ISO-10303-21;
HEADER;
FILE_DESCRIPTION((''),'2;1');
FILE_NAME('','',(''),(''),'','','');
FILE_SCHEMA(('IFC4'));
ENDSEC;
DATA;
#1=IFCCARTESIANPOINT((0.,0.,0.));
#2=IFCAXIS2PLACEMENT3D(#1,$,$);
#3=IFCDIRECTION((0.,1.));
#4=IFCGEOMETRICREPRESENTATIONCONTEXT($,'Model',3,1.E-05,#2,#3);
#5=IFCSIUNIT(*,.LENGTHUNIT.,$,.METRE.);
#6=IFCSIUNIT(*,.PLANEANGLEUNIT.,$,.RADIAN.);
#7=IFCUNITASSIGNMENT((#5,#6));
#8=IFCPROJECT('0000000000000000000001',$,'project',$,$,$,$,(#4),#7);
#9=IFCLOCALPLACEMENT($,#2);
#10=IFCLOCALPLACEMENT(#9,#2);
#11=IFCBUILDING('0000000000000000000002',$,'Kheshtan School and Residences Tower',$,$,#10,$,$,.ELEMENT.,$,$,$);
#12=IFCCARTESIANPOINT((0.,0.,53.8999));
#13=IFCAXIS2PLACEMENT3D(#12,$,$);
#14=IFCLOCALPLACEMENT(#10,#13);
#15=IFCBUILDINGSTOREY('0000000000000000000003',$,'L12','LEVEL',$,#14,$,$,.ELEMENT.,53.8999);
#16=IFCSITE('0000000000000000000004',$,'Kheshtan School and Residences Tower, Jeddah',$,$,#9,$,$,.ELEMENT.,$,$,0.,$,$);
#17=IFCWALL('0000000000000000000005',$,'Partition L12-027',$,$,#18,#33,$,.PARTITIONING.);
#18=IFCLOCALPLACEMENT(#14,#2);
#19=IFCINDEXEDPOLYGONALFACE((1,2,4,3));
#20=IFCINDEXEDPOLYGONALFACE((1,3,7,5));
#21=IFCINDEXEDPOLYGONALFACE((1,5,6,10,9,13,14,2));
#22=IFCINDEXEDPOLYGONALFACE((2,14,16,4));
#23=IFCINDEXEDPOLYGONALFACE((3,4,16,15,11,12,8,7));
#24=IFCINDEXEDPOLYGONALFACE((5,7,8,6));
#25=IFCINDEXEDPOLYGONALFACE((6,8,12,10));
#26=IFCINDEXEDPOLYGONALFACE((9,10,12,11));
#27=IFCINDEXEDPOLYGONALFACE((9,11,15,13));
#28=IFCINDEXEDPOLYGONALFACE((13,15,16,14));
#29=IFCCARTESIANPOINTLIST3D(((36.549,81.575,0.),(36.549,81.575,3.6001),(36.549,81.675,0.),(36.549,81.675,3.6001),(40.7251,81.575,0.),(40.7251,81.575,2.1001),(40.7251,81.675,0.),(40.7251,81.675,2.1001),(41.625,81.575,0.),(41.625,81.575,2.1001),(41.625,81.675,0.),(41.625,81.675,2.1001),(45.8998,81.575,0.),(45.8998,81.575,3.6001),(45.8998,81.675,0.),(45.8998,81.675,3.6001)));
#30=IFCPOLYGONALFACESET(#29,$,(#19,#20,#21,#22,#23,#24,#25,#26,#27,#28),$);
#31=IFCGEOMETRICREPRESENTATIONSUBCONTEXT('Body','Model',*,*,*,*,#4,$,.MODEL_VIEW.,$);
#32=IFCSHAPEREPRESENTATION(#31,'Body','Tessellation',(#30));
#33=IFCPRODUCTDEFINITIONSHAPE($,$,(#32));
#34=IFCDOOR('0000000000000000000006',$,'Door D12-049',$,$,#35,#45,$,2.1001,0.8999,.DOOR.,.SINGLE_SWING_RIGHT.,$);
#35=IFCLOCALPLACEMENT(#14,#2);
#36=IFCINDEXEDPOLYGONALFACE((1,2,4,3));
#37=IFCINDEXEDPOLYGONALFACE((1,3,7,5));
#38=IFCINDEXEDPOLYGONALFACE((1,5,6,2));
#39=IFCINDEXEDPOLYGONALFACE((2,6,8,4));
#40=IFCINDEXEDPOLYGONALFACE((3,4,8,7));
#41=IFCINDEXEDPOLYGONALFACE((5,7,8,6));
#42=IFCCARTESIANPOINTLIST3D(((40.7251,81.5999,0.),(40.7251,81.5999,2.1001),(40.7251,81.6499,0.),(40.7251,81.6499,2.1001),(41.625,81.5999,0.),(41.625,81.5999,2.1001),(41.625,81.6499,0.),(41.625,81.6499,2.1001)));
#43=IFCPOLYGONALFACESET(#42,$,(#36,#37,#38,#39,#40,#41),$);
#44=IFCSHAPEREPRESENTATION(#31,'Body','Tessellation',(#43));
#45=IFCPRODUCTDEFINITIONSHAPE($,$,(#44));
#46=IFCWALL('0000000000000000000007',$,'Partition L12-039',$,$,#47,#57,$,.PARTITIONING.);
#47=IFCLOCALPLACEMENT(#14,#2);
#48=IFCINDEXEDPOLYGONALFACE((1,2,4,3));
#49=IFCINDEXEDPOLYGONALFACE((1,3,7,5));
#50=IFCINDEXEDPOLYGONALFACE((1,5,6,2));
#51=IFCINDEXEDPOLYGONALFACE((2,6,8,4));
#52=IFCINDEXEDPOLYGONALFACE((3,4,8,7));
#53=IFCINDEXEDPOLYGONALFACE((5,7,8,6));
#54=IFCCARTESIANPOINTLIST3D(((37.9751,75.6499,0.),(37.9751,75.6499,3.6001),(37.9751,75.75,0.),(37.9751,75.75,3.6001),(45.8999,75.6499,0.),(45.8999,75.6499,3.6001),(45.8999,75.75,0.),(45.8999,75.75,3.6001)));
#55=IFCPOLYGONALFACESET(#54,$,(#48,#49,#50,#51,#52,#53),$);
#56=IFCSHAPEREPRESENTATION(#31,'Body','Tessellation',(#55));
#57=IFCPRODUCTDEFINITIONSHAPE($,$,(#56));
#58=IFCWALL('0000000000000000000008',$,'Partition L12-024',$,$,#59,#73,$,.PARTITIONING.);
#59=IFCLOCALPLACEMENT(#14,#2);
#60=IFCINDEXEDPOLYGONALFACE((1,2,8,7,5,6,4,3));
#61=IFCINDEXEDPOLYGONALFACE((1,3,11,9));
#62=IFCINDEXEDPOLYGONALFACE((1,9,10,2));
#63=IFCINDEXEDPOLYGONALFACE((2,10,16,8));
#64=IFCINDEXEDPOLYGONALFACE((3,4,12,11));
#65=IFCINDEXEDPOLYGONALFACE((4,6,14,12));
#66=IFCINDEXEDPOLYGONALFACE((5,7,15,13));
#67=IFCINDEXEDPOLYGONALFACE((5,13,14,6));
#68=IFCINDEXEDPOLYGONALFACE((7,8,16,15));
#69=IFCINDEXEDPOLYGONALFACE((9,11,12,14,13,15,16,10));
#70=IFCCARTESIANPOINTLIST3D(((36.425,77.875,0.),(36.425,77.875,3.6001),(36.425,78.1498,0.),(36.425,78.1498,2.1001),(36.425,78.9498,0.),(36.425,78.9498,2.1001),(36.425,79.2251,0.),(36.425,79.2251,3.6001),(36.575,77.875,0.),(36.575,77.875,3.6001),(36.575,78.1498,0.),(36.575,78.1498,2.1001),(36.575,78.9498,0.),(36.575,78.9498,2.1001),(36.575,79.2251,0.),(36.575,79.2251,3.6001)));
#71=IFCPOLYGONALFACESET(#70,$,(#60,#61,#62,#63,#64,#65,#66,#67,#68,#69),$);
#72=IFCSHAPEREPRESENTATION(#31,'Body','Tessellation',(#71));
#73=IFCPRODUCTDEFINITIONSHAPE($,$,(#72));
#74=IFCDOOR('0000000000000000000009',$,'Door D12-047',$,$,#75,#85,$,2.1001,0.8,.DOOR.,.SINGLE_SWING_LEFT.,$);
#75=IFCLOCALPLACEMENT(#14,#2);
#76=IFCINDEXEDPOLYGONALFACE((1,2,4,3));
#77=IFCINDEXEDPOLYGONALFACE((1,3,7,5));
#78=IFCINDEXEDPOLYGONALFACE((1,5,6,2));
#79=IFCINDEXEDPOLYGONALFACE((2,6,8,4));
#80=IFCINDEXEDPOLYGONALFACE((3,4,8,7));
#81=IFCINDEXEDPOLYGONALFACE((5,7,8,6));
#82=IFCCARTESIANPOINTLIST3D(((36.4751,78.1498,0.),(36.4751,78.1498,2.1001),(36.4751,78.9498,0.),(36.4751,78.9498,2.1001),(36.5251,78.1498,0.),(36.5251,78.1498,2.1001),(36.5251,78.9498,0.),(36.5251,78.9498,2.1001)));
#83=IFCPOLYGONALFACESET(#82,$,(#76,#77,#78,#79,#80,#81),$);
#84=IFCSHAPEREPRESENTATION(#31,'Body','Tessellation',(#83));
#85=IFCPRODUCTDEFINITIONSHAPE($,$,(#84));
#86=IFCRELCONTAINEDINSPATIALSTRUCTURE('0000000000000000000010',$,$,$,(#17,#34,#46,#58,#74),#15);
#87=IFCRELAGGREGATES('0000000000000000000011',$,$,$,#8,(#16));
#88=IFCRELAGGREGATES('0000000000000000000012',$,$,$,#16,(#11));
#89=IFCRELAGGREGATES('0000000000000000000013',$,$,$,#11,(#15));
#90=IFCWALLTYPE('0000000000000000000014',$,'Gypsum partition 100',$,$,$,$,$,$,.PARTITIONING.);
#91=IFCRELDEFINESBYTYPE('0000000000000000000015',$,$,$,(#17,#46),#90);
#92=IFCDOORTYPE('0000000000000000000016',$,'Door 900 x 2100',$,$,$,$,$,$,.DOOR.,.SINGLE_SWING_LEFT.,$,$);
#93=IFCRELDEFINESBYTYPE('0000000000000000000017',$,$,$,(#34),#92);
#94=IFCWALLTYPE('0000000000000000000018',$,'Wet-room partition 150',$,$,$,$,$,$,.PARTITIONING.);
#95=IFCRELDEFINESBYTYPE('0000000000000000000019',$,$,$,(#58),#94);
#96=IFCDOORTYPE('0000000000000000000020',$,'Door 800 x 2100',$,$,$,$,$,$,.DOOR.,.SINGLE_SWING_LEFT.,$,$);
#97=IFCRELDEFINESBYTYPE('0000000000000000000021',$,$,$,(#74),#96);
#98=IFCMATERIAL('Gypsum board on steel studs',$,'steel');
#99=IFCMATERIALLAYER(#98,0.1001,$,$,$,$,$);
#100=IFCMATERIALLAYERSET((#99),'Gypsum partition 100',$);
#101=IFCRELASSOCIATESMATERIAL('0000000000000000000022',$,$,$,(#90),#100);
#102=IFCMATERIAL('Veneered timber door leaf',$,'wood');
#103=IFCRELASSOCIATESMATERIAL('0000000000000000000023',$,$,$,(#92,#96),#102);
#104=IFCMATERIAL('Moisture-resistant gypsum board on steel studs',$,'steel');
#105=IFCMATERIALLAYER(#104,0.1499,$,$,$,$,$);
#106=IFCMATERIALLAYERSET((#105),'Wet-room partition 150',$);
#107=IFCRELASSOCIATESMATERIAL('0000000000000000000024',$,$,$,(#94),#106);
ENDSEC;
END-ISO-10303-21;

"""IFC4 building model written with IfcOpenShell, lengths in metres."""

from ifc_helpers import new_model, si_unit, direction, frame, frame_2d, origin, place, context, subcontext, project, spatial, rectangle, extrude, source, transform, mapped, material, layer, layer_set, type_object, element, fill, save


model = new_model("IFC4")

# Units and contexts
model_context = context("Model", 3, precision=1e-05, world=origin(), true_north=direction((0.0, 1.0)))
body_context = subcontext(model_context, "Body", "Model", "MODEL_VIEW")
ifc_project = project(units=[si_unit("LENGTHUNIT", "METRE"), si_unit("PLANEANGLEUNIT", "RADIAN")], contexts=[model_context])

# Site, building, storey
site_placement = place(None, origin())
site = spatial("IfcSite", under=ifc_project, at=site_placement, Name="Kheshtan School and Residences Tower, Jeddah", CompositionType="ELEMENT", RefElevation=0.0)
building_placement = place(site_placement, origin())
building = spatial("IfcBuilding", under=site, at=building_placement, Name="Kheshtan School and Residences Tower", CompositionType="ELEMENT")
storey_placement = place(building_placement, frame((0.0, 0.0, 53.8999)))
storey = spatial("IfcBuildingStorey", under=building, at=storey_placement, Name="L12", Description="LEVEL", CompositionType="ELEMENT", Elevation=53.8999)

# Wall, opening, door
ifc_material_1 = material(Name="Gypsum board on steel studs", Category="steel")
ifc_layer_1 = layer(ifc_material_1, 0.1001)
ifc_layer_set_1 = layer_set([ifc_layer_1], Name="Gypsum partition 100")
wall_type_1 = type_object("IfcWallType", Name="Gypsum partition 100", PredefinedType="PARTITIONING", material=ifc_layer_set_1)
wall_1_placement = place(storey_placement, frame((36.5491, 81.625, 0.0), z_axis=(0.0, 0.0, 1.0), x_axis=(1.0, 0.0, 0.0)))
wall_1 = element("IfcWall", 1, at=wall_1_placement, inside=storey, type_object=wall_type_1, Name="Partition L12-027", PredefinedType="PARTITIONING", context=body_context, shape_type="SweptSolid", body=[
    extrude(rectangle(XDim=9.3508, YDim=0.1001, at=frame_2d((4.6753, 0.0))), origin(), (0.0, 0.0, 1.0), 3.6001),
])
opening_1_placement = place(wall_1_placement, frame((4.176, 0.0, 0.0)))
opening_1 = element("IfcOpeningElement", 2, at=opening_1_placement, cuts=wall_1, PredefinedType="OPENING", context=body_context, shape_type="SweptSolid", body=[
    extrude(rectangle(XDim=0.8999, YDim=2.1001, at=frame_2d((0.45, 1.05))), frame((0.0, 0.0601, 0.0), z_axis=(0.0, -1.0, 0.0), x_axis=(1.0, 0.0, 0.0)), (0.0, 0.0, 1.0), 0.1201),
])
ifc_material_2 = material(Name="Veneered timber door leaf", Category="wood")
door_type_1 = type_object("IfcDoorType", Name="Door 900 x 2100", OperationType="SINGLE_SWING_LEFT", PredefinedType="DOOR", material=ifc_material_2)
shared_shape_1 = source(origin(), body_context, "Body", "SweptSolid", [
    extrude(rectangle(XDim=0.8999, YDim=2.1001, at=frame_2d((0.45, 1.05))), frame((0.0, 0.0249, 0.0), z_axis=(0.0, -1.0, 0.0), x_axis=(1.0, 0.0, 0.0)), (0.0, 0.0, 1.0), 0.05),
])
door_1_placement = place(opening_1_placement, origin())
door_1 = element("IfcDoor", 3, at=door_1_placement, inside=storey, type_object=door_type_1, Name="Door D12-049", OperationType="SINGLE_SWING_RIGHT", OverallHeight=2.1001, OverallWidth=0.8999, PredefinedType="DOOR", context=body_context, shape_type="MappedRepresentation", body=[
    mapped(shared_shape_1, transform((0.0, 0.0, 0.0), x_axis=(1.0, 0.0, 0.0), y_axis=(0.0, 1.0, 0.0), z_axis=(0.0, 0.0, 1.0), scale=1.0)),
])
fill(opening_1, door_1)

# Wall
wall_2_placement = place(storey_placement, frame((37.9751, 75.7, 0.0), z_axis=(0.0, 0.0, 1.0), x_axis=(1.0, 0.0, 0.0)))
element("IfcWall", 4, at=wall_2_placement, inside=storey, type_object=wall_type_1, Name="Partition L12-039", PredefinedType="PARTITIONING", context=body_context, shape_type="SweptSolid", body=[
    extrude(rectangle(XDim=7.9248, YDim=0.1001, at=frame_2d((3.9624, 0.0))), origin(), (0.0, 0.0, 1.0), 3.6001),
])

# Wall, opening, door
ifc_material_3 = material(Name="Moisture-resistant gypsum board on steel studs", Category="steel")
ifc_layer_2 = layer(ifc_material_3, 0.1499)
ifc_layer_set_2 = layer_set([ifc_layer_2], Name="Wet-room partition 150")
wall_type_2 = type_object("IfcWallType", Name="Wet-room partition 150", PredefinedType="PARTITIONING", material=ifc_layer_set_2)
wall_3_placement = place(storey_placement, frame((36.5, 77.875, 0.0), z_axis=(0.0, 0.0, 1.0), x_axis=(0.0, 1.0, 0.0)))
wall_3 = element("IfcWall", 5, at=wall_3_placement, inside=storey, type_object=wall_type_2, Name="Partition L12-024", PredefinedType="PARTITIONING", context=body_context, shape_type="SweptSolid", body=[
    extrude(rectangle(XDim=1.3501, YDim=0.1499, at=frame_2d((0.675, 0.0))), origin(), (0.0, 0.0, 1.0), 3.6001),
])
opening_2_placement = place(wall_3_placement, frame((0.2749, 0.0, 0.0)))
opening_2 = element("IfcOpeningElement", 6, at=opening_2_placement, cuts=wall_3, PredefinedType="OPENING", context=body_context, shape_type="SweptSolid", body=[
    extrude(rectangle(XDim=0.8, YDim=2.1001, at=frame_2d((0.3999, 1.05))), frame((0.0, 0.085, 0.0), z_axis=(0.0, -1.0, 0.0), x_axis=(1.0, 0.0, 0.0)), (0.0, 0.0, 1.0), 0.1699),
])
door_type_2 = type_object("IfcDoorType", Name="Door 800 x 2100", OperationType="SINGLE_SWING_LEFT", PredefinedType="DOOR", material=ifc_material_2)
shared_shape_2 = source(origin(), body_context, "Body", "SweptSolid", [
    extrude(rectangle(XDim=0.8, YDim=2.1001, at=frame_2d((0.3999, 1.05))), frame((0.0, 0.0249, 0.0), z_axis=(0.0, -1.0, 0.0), x_axis=(1.0, 0.0, 0.0)), (0.0, 0.0, 1.0), 0.05),
])
door_2_placement = place(opening_2_placement, origin())
door_2 = element("IfcDoor", 7, at=door_2_placement, inside=storey, type_object=door_type_2, Name="Door D12-047", OperationType="SINGLE_SWING_LEFT", OverallHeight=2.1001, OverallWidth=0.8, PredefinedType="DOOR", context=body_context, shape_type="MappedRepresentation", body=[
    mapped(shared_shape_2, transform((0.0, 0.0, 0.0), x_axis=(1.0, 0.0, 0.0), y_axis=(0.0, 1.0, 0.0), z_axis=(0.0, 0.0, 1.0), scale=1.0)),
])
fill(opening_2, door_2)

save(model, "model.ifc")
